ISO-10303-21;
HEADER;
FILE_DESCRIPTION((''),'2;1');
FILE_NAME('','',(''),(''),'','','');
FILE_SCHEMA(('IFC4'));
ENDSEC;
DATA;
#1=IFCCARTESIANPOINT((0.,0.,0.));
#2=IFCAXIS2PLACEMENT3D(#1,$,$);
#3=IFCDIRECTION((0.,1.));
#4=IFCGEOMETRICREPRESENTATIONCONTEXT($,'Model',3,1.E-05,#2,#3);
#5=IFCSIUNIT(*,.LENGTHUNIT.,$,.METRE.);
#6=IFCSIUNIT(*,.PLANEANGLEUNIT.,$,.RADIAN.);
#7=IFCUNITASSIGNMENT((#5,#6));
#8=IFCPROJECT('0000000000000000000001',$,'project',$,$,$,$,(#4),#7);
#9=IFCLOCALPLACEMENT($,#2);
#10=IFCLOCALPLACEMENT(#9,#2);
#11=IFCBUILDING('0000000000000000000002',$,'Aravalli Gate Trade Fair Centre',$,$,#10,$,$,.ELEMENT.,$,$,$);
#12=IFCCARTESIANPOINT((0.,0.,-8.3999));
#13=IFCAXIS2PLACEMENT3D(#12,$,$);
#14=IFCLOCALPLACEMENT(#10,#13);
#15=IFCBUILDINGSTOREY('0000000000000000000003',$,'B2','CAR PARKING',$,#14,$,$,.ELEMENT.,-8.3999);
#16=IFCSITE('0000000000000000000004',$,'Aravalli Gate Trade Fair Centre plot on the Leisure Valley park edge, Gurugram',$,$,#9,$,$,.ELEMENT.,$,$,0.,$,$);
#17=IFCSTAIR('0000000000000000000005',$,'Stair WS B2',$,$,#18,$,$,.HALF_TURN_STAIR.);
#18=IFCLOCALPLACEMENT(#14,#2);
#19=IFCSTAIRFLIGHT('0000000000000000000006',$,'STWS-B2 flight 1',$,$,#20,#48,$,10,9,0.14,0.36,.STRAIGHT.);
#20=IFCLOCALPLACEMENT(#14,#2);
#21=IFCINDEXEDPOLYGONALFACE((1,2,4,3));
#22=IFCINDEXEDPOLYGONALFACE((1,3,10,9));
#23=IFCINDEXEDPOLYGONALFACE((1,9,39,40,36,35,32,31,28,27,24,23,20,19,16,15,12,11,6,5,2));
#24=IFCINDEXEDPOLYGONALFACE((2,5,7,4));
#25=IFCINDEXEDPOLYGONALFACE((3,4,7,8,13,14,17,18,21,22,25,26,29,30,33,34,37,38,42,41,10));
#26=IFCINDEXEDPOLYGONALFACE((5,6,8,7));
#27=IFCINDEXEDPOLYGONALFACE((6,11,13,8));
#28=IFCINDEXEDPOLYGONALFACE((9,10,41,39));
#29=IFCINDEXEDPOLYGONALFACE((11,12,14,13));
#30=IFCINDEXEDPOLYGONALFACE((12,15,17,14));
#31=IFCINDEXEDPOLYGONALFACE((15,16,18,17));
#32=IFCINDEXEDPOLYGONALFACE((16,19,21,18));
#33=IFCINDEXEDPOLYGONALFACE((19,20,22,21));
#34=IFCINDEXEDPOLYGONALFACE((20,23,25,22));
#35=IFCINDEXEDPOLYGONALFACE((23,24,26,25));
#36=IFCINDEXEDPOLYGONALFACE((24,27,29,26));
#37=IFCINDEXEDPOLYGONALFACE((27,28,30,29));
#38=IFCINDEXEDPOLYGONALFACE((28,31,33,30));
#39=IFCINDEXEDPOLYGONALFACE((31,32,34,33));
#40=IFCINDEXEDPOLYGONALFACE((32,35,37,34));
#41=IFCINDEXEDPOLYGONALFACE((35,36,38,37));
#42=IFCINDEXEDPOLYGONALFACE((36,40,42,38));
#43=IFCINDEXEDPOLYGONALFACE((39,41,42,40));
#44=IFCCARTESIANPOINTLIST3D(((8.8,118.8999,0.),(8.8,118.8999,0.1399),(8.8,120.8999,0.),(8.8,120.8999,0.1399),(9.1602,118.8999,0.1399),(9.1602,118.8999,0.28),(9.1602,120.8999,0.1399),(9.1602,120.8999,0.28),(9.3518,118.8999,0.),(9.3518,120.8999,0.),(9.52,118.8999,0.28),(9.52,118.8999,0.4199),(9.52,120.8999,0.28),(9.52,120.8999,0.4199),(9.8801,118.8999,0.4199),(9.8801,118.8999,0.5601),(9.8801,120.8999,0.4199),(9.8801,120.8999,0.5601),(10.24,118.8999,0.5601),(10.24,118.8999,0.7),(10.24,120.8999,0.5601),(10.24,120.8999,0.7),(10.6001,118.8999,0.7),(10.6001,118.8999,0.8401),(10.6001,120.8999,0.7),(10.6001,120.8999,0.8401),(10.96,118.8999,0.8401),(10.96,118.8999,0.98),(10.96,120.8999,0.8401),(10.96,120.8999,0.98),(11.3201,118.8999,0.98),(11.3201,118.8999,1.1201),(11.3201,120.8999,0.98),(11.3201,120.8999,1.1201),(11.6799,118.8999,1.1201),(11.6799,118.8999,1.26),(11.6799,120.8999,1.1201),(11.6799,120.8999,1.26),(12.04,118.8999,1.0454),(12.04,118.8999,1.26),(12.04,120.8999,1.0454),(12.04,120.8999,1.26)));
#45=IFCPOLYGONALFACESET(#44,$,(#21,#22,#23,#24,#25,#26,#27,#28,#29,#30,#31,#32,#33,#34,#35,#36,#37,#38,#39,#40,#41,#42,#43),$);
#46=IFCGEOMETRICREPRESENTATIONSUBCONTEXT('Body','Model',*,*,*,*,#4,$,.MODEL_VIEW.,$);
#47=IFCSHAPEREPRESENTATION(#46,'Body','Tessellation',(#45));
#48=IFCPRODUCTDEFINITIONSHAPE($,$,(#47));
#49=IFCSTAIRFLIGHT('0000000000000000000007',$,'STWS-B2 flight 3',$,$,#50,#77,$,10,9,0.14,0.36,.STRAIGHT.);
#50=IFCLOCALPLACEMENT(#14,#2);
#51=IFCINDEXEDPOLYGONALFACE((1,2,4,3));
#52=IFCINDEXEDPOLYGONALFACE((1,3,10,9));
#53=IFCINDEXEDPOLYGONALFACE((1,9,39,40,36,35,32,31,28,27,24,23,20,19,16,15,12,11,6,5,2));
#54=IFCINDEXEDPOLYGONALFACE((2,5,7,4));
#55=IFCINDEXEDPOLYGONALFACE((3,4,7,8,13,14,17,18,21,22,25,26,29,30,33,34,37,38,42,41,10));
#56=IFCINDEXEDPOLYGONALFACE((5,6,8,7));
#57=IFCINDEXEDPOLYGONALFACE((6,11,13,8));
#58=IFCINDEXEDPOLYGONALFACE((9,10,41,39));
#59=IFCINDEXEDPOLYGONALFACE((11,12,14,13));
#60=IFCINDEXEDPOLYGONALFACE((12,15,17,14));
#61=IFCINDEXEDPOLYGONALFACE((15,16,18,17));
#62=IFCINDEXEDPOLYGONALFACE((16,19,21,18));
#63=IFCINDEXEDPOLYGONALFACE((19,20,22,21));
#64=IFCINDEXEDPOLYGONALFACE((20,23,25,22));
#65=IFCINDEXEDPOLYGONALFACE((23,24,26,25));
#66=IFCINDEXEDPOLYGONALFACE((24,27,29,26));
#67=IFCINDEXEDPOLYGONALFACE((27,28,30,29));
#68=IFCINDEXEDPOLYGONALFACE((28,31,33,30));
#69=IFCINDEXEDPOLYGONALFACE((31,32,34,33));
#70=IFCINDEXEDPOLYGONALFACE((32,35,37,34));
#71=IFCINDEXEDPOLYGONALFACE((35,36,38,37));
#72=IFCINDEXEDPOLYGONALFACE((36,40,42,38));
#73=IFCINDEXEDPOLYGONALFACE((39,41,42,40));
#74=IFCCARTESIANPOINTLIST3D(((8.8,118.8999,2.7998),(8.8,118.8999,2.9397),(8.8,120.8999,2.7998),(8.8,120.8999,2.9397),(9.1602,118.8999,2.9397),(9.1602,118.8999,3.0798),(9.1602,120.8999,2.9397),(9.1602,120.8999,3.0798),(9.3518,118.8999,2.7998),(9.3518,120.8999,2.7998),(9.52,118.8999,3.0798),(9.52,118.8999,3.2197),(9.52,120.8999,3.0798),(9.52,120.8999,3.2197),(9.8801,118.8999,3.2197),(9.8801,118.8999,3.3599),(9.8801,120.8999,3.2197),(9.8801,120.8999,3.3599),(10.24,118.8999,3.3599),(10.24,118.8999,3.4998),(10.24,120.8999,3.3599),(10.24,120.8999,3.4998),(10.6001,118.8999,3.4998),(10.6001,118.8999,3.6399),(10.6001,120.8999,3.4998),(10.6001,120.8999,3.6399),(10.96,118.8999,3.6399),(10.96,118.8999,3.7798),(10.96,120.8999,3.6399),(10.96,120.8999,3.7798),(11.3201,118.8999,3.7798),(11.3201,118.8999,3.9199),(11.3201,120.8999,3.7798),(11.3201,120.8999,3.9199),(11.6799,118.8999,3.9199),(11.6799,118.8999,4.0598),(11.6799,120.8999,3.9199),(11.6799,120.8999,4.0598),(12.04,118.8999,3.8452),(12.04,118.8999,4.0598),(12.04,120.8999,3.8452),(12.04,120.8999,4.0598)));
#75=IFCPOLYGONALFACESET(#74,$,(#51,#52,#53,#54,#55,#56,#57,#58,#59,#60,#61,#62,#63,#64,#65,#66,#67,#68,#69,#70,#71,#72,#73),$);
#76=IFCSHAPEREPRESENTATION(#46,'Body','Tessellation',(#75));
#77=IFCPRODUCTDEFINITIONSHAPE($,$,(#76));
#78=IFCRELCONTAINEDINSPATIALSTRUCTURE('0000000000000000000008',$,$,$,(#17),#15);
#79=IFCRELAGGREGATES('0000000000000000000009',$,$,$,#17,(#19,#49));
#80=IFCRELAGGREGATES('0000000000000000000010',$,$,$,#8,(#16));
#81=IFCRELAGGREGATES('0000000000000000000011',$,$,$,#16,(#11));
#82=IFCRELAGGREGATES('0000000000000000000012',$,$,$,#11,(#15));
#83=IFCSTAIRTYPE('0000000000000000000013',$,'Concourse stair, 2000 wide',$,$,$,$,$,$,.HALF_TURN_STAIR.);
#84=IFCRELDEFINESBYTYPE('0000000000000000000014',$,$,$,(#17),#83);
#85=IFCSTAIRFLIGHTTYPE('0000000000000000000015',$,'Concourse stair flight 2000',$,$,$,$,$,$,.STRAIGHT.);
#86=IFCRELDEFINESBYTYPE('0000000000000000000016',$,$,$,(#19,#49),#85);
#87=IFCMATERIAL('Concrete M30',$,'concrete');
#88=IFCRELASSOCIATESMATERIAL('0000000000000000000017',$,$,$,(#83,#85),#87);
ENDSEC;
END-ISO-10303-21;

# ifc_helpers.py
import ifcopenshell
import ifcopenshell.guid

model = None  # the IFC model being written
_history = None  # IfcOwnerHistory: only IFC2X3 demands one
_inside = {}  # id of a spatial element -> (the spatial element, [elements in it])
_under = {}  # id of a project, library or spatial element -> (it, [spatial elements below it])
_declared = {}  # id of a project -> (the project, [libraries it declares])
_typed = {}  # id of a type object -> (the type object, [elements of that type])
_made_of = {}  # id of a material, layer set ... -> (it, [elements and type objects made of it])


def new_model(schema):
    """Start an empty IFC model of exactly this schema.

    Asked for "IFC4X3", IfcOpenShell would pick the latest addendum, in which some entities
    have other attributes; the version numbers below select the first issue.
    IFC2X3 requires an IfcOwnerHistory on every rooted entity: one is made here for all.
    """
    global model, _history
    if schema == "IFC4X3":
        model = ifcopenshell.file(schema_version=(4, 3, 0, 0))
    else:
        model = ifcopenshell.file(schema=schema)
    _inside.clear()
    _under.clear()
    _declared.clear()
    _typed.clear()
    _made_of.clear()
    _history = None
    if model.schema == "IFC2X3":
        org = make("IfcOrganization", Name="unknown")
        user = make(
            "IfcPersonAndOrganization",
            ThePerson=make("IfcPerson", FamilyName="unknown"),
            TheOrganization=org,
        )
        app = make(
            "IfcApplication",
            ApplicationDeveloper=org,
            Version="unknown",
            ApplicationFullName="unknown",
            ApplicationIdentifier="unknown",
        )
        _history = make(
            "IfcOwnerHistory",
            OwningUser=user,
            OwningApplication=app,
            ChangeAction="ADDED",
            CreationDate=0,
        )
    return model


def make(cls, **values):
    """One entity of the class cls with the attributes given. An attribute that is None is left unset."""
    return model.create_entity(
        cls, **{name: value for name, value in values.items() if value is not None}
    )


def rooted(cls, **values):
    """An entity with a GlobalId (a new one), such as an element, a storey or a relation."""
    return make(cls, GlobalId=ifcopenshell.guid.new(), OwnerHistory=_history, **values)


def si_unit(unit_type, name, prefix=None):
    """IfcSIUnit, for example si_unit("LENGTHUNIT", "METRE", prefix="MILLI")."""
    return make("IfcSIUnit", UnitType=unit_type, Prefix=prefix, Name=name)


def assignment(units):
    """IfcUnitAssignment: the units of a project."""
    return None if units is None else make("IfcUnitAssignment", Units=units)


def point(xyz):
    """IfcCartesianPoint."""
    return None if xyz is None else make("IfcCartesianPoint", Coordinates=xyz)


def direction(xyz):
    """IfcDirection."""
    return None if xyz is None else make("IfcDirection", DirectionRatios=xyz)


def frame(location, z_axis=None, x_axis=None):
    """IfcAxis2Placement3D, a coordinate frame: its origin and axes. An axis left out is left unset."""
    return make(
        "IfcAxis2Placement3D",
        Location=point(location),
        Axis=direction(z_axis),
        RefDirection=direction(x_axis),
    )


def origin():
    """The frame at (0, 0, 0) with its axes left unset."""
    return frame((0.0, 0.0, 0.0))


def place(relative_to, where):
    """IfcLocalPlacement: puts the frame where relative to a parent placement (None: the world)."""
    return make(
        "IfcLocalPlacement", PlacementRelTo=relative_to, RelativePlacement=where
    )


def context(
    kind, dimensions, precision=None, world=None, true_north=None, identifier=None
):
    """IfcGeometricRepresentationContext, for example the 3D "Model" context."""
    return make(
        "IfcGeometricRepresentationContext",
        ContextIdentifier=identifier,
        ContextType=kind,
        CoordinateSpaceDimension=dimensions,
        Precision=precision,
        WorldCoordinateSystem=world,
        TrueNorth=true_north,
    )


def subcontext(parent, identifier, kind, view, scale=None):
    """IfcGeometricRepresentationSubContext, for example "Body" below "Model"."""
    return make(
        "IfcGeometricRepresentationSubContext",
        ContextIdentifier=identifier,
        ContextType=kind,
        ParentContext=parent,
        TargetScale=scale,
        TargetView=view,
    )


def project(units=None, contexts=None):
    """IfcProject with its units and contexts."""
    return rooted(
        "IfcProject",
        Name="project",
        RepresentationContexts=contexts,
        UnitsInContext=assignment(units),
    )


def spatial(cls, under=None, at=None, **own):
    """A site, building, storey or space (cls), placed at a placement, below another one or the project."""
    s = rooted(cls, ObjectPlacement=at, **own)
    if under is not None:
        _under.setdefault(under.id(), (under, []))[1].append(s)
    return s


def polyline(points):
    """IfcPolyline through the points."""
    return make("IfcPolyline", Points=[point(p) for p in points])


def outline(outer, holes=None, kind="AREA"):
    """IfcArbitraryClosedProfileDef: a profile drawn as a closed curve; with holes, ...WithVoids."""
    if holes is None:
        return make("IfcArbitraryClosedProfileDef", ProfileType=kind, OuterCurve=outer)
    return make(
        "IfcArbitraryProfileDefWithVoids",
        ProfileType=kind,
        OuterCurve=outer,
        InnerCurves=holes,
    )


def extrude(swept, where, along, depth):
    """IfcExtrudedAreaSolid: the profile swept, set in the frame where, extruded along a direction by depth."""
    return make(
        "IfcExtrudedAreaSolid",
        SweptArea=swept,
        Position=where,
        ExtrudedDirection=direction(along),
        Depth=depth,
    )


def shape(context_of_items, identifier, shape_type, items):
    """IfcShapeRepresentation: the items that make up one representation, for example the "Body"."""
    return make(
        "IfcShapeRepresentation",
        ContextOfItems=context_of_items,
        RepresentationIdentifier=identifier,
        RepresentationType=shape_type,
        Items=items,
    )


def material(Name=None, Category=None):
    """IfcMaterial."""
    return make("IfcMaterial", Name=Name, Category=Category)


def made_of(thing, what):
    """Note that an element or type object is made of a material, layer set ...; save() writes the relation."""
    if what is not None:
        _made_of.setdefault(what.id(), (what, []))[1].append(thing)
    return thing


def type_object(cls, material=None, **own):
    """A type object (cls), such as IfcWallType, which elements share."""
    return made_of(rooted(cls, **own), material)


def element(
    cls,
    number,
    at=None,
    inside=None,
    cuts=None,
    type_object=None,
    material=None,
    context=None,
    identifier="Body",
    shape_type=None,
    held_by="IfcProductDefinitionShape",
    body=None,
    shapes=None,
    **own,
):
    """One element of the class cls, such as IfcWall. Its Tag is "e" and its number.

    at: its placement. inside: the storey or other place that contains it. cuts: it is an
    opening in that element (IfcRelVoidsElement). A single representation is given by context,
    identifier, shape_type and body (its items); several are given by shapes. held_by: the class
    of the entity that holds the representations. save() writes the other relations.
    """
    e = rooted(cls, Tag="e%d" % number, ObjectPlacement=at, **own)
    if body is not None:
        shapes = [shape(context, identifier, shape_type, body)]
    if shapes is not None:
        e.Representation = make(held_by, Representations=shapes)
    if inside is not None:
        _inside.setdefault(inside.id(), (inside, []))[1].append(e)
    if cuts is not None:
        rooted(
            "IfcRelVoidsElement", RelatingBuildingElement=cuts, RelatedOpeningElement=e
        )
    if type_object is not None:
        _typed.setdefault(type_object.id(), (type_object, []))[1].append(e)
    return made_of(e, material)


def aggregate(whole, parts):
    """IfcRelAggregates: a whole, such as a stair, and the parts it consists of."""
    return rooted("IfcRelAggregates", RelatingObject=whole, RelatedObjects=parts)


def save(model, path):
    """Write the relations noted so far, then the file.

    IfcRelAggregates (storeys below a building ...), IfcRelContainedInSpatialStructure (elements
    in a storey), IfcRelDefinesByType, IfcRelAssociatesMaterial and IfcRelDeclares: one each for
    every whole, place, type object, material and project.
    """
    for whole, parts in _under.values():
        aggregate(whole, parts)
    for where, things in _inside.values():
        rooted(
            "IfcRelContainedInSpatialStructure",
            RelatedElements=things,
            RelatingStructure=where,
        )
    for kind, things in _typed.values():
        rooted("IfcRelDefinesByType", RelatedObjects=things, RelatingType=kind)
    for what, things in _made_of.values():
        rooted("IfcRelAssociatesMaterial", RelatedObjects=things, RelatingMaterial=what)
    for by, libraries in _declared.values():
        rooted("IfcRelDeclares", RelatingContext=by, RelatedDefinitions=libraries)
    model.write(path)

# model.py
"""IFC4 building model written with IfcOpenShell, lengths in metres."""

from ifc_helpers import new_model, si_unit, direction, frame, origin, place, context, subcontext, project, spatial, polyline, outline, extrude, material, type_object, element, aggregate, save


model = new_model("IFC4")

# Units and contexts
model_context = context("Model", 3, precision=1e-05, world=origin(), true_north=direction((0.0, 1.0)))
body_context = subcontext(model_context, "Body", "Model", "MODEL_VIEW")
ifc_project = project(units=[si_unit("LENGTHUNIT", "METRE"), si_unit("PLANEANGLEUNIT", "RADIAN")], contexts=[model_context])

# Site, building, storey
site_placement = place(None, origin())
site = spatial("IfcSite", under=ifc_project, at=site_placement, Name="Aravalli Gate Trade Fair Centre plot on the Leisure Valley park edge, Gurugram", CompositionType="ELEMENT", RefElevation=0.0)
building_placement = place(site_placement, origin())
building = spatial("IfcBuilding", under=site, at=building_placement, Name="Aravalli Gate Trade Fair Centre", CompositionType="ELEMENT")
storey_placement = place(building_placement, frame((0.0, 0.0, -8.3999)))
storey = spatial("IfcBuildingStorey", under=building, at=storey_placement, Name="B2", Description="CAR PARKING", CompositionType="ELEMENT", Elevation=-8.3999)

# Stair, stair flights
ifc_material_1 = material(Name="Concrete M30", Category="concrete")
stair_type = type_object("IfcStairType", Name="Concourse stair, 2000 wide", PredefinedType="HALF_TURN_STAIR", material=ifc_material_1)
stair_placement = place(storey_placement, origin())
stair = element("IfcStair", 1, at=stair_placement, inside=storey, type_object=stair_type, Name="Stair WS B2", PredefinedType="HALF_TURN_STAIR")
stair_flight_type = type_object("IfcStairFlightType", Name="Concourse stair flight 2000", PredefinedType="STRAIGHT", material=ifc_material_1)
stair_flight_1_placement = place(storey_placement, frame((8.8, 119.8999, 0.0), z_axis=(0.0, 0.0, 1.0), x_axis=(1.0, 0.0, 0.0)))
stair_flight_1 = element("IfcStairFlight", 2, at=stair_flight_1_placement, type_object=stair_flight_type, Name="STWS-B2 flight 1", NumberOfRisers=10, NumberOfTreads=9, PredefinedType="STRAIGHT", RiserHeight=0.14, TreadLength=0.36, context=body_context, shape_type="SweptSolid", body=[
    extrude(outline(polyline([(0.0, 0.0), (0.0, 0.1399), (0.3601, 0.1399), (0.3601, 0.28), (0.72, 0.28), (0.72, 0.4199), (1.0801, 0.4199), (1.0801, 0.5601), (1.4399, 0.5601), (1.4399, 0.7), (1.8, 0.7), (1.8, 0.8401), (2.1599, 0.8401), (2.1599, 0.98), (2.52, 0.98), (2.52, 1.1201), (2.8799, 1.1201), (2.8799, 1.26), (3.24, 1.26), (3.24, 1.3999), (3.24, 1.0454), (0.5518, 0.0), (0.0, 0.0)])), frame((0.0, 1.0, 0.0), z_axis=(0.0, -1.0, 0.0), x_axis=(1.0, 0.0, 0.0)), (0.0, 0.0, 1.0), 2.0),
])
stair_flight_2_placement = place(storey_placement, frame((8.8, 119.8999, 2.7998), z_axis=(0.0, 0.0, 1.0), x_axis=(1.0, 0.0, 0.0)))
stair_flight_2 = element("IfcStairFlight", 3, at=stair_flight_2_placement, type_object=stair_flight_type, Name="STWS-B2 flight 3", NumberOfRisers=10, NumberOfTreads=9, PredefinedType="STRAIGHT", RiserHeight=0.14, TreadLength=0.36, context=body_context, shape_type="SweptSolid", body=[
    extrude(outline(polyline([(0.0, 0.0), (0.0, 0.1399), (0.3601, 0.1399), (0.3601, 0.28), (0.72, 0.28), (0.72, 0.4199), (1.0801, 0.4199), (1.0801, 0.5601), (1.4399, 0.5601), (1.4399, 0.7), (1.8, 0.7), (1.8, 0.8401), (2.1599, 0.8401), (2.1599, 0.98), (2.52, 0.98), (2.52, 1.1201), (2.8799, 1.1201), (2.8799, 1.26), (3.24, 1.26), (3.24, 1.3999), (3.24, 1.0454), (0.5518, 0.0), (0.0, 0.0)])), frame((0.0, 1.0, 0.0), z_axis=(0.0, -1.0, 0.0), x_axis=(1.0, 0.0, 0.0)), (0.0, 0.0, 1.0), 2.0),
])
aggregate(stair, [stair_flight_1, stair_flight_2])

save(model, "model.ifc")
